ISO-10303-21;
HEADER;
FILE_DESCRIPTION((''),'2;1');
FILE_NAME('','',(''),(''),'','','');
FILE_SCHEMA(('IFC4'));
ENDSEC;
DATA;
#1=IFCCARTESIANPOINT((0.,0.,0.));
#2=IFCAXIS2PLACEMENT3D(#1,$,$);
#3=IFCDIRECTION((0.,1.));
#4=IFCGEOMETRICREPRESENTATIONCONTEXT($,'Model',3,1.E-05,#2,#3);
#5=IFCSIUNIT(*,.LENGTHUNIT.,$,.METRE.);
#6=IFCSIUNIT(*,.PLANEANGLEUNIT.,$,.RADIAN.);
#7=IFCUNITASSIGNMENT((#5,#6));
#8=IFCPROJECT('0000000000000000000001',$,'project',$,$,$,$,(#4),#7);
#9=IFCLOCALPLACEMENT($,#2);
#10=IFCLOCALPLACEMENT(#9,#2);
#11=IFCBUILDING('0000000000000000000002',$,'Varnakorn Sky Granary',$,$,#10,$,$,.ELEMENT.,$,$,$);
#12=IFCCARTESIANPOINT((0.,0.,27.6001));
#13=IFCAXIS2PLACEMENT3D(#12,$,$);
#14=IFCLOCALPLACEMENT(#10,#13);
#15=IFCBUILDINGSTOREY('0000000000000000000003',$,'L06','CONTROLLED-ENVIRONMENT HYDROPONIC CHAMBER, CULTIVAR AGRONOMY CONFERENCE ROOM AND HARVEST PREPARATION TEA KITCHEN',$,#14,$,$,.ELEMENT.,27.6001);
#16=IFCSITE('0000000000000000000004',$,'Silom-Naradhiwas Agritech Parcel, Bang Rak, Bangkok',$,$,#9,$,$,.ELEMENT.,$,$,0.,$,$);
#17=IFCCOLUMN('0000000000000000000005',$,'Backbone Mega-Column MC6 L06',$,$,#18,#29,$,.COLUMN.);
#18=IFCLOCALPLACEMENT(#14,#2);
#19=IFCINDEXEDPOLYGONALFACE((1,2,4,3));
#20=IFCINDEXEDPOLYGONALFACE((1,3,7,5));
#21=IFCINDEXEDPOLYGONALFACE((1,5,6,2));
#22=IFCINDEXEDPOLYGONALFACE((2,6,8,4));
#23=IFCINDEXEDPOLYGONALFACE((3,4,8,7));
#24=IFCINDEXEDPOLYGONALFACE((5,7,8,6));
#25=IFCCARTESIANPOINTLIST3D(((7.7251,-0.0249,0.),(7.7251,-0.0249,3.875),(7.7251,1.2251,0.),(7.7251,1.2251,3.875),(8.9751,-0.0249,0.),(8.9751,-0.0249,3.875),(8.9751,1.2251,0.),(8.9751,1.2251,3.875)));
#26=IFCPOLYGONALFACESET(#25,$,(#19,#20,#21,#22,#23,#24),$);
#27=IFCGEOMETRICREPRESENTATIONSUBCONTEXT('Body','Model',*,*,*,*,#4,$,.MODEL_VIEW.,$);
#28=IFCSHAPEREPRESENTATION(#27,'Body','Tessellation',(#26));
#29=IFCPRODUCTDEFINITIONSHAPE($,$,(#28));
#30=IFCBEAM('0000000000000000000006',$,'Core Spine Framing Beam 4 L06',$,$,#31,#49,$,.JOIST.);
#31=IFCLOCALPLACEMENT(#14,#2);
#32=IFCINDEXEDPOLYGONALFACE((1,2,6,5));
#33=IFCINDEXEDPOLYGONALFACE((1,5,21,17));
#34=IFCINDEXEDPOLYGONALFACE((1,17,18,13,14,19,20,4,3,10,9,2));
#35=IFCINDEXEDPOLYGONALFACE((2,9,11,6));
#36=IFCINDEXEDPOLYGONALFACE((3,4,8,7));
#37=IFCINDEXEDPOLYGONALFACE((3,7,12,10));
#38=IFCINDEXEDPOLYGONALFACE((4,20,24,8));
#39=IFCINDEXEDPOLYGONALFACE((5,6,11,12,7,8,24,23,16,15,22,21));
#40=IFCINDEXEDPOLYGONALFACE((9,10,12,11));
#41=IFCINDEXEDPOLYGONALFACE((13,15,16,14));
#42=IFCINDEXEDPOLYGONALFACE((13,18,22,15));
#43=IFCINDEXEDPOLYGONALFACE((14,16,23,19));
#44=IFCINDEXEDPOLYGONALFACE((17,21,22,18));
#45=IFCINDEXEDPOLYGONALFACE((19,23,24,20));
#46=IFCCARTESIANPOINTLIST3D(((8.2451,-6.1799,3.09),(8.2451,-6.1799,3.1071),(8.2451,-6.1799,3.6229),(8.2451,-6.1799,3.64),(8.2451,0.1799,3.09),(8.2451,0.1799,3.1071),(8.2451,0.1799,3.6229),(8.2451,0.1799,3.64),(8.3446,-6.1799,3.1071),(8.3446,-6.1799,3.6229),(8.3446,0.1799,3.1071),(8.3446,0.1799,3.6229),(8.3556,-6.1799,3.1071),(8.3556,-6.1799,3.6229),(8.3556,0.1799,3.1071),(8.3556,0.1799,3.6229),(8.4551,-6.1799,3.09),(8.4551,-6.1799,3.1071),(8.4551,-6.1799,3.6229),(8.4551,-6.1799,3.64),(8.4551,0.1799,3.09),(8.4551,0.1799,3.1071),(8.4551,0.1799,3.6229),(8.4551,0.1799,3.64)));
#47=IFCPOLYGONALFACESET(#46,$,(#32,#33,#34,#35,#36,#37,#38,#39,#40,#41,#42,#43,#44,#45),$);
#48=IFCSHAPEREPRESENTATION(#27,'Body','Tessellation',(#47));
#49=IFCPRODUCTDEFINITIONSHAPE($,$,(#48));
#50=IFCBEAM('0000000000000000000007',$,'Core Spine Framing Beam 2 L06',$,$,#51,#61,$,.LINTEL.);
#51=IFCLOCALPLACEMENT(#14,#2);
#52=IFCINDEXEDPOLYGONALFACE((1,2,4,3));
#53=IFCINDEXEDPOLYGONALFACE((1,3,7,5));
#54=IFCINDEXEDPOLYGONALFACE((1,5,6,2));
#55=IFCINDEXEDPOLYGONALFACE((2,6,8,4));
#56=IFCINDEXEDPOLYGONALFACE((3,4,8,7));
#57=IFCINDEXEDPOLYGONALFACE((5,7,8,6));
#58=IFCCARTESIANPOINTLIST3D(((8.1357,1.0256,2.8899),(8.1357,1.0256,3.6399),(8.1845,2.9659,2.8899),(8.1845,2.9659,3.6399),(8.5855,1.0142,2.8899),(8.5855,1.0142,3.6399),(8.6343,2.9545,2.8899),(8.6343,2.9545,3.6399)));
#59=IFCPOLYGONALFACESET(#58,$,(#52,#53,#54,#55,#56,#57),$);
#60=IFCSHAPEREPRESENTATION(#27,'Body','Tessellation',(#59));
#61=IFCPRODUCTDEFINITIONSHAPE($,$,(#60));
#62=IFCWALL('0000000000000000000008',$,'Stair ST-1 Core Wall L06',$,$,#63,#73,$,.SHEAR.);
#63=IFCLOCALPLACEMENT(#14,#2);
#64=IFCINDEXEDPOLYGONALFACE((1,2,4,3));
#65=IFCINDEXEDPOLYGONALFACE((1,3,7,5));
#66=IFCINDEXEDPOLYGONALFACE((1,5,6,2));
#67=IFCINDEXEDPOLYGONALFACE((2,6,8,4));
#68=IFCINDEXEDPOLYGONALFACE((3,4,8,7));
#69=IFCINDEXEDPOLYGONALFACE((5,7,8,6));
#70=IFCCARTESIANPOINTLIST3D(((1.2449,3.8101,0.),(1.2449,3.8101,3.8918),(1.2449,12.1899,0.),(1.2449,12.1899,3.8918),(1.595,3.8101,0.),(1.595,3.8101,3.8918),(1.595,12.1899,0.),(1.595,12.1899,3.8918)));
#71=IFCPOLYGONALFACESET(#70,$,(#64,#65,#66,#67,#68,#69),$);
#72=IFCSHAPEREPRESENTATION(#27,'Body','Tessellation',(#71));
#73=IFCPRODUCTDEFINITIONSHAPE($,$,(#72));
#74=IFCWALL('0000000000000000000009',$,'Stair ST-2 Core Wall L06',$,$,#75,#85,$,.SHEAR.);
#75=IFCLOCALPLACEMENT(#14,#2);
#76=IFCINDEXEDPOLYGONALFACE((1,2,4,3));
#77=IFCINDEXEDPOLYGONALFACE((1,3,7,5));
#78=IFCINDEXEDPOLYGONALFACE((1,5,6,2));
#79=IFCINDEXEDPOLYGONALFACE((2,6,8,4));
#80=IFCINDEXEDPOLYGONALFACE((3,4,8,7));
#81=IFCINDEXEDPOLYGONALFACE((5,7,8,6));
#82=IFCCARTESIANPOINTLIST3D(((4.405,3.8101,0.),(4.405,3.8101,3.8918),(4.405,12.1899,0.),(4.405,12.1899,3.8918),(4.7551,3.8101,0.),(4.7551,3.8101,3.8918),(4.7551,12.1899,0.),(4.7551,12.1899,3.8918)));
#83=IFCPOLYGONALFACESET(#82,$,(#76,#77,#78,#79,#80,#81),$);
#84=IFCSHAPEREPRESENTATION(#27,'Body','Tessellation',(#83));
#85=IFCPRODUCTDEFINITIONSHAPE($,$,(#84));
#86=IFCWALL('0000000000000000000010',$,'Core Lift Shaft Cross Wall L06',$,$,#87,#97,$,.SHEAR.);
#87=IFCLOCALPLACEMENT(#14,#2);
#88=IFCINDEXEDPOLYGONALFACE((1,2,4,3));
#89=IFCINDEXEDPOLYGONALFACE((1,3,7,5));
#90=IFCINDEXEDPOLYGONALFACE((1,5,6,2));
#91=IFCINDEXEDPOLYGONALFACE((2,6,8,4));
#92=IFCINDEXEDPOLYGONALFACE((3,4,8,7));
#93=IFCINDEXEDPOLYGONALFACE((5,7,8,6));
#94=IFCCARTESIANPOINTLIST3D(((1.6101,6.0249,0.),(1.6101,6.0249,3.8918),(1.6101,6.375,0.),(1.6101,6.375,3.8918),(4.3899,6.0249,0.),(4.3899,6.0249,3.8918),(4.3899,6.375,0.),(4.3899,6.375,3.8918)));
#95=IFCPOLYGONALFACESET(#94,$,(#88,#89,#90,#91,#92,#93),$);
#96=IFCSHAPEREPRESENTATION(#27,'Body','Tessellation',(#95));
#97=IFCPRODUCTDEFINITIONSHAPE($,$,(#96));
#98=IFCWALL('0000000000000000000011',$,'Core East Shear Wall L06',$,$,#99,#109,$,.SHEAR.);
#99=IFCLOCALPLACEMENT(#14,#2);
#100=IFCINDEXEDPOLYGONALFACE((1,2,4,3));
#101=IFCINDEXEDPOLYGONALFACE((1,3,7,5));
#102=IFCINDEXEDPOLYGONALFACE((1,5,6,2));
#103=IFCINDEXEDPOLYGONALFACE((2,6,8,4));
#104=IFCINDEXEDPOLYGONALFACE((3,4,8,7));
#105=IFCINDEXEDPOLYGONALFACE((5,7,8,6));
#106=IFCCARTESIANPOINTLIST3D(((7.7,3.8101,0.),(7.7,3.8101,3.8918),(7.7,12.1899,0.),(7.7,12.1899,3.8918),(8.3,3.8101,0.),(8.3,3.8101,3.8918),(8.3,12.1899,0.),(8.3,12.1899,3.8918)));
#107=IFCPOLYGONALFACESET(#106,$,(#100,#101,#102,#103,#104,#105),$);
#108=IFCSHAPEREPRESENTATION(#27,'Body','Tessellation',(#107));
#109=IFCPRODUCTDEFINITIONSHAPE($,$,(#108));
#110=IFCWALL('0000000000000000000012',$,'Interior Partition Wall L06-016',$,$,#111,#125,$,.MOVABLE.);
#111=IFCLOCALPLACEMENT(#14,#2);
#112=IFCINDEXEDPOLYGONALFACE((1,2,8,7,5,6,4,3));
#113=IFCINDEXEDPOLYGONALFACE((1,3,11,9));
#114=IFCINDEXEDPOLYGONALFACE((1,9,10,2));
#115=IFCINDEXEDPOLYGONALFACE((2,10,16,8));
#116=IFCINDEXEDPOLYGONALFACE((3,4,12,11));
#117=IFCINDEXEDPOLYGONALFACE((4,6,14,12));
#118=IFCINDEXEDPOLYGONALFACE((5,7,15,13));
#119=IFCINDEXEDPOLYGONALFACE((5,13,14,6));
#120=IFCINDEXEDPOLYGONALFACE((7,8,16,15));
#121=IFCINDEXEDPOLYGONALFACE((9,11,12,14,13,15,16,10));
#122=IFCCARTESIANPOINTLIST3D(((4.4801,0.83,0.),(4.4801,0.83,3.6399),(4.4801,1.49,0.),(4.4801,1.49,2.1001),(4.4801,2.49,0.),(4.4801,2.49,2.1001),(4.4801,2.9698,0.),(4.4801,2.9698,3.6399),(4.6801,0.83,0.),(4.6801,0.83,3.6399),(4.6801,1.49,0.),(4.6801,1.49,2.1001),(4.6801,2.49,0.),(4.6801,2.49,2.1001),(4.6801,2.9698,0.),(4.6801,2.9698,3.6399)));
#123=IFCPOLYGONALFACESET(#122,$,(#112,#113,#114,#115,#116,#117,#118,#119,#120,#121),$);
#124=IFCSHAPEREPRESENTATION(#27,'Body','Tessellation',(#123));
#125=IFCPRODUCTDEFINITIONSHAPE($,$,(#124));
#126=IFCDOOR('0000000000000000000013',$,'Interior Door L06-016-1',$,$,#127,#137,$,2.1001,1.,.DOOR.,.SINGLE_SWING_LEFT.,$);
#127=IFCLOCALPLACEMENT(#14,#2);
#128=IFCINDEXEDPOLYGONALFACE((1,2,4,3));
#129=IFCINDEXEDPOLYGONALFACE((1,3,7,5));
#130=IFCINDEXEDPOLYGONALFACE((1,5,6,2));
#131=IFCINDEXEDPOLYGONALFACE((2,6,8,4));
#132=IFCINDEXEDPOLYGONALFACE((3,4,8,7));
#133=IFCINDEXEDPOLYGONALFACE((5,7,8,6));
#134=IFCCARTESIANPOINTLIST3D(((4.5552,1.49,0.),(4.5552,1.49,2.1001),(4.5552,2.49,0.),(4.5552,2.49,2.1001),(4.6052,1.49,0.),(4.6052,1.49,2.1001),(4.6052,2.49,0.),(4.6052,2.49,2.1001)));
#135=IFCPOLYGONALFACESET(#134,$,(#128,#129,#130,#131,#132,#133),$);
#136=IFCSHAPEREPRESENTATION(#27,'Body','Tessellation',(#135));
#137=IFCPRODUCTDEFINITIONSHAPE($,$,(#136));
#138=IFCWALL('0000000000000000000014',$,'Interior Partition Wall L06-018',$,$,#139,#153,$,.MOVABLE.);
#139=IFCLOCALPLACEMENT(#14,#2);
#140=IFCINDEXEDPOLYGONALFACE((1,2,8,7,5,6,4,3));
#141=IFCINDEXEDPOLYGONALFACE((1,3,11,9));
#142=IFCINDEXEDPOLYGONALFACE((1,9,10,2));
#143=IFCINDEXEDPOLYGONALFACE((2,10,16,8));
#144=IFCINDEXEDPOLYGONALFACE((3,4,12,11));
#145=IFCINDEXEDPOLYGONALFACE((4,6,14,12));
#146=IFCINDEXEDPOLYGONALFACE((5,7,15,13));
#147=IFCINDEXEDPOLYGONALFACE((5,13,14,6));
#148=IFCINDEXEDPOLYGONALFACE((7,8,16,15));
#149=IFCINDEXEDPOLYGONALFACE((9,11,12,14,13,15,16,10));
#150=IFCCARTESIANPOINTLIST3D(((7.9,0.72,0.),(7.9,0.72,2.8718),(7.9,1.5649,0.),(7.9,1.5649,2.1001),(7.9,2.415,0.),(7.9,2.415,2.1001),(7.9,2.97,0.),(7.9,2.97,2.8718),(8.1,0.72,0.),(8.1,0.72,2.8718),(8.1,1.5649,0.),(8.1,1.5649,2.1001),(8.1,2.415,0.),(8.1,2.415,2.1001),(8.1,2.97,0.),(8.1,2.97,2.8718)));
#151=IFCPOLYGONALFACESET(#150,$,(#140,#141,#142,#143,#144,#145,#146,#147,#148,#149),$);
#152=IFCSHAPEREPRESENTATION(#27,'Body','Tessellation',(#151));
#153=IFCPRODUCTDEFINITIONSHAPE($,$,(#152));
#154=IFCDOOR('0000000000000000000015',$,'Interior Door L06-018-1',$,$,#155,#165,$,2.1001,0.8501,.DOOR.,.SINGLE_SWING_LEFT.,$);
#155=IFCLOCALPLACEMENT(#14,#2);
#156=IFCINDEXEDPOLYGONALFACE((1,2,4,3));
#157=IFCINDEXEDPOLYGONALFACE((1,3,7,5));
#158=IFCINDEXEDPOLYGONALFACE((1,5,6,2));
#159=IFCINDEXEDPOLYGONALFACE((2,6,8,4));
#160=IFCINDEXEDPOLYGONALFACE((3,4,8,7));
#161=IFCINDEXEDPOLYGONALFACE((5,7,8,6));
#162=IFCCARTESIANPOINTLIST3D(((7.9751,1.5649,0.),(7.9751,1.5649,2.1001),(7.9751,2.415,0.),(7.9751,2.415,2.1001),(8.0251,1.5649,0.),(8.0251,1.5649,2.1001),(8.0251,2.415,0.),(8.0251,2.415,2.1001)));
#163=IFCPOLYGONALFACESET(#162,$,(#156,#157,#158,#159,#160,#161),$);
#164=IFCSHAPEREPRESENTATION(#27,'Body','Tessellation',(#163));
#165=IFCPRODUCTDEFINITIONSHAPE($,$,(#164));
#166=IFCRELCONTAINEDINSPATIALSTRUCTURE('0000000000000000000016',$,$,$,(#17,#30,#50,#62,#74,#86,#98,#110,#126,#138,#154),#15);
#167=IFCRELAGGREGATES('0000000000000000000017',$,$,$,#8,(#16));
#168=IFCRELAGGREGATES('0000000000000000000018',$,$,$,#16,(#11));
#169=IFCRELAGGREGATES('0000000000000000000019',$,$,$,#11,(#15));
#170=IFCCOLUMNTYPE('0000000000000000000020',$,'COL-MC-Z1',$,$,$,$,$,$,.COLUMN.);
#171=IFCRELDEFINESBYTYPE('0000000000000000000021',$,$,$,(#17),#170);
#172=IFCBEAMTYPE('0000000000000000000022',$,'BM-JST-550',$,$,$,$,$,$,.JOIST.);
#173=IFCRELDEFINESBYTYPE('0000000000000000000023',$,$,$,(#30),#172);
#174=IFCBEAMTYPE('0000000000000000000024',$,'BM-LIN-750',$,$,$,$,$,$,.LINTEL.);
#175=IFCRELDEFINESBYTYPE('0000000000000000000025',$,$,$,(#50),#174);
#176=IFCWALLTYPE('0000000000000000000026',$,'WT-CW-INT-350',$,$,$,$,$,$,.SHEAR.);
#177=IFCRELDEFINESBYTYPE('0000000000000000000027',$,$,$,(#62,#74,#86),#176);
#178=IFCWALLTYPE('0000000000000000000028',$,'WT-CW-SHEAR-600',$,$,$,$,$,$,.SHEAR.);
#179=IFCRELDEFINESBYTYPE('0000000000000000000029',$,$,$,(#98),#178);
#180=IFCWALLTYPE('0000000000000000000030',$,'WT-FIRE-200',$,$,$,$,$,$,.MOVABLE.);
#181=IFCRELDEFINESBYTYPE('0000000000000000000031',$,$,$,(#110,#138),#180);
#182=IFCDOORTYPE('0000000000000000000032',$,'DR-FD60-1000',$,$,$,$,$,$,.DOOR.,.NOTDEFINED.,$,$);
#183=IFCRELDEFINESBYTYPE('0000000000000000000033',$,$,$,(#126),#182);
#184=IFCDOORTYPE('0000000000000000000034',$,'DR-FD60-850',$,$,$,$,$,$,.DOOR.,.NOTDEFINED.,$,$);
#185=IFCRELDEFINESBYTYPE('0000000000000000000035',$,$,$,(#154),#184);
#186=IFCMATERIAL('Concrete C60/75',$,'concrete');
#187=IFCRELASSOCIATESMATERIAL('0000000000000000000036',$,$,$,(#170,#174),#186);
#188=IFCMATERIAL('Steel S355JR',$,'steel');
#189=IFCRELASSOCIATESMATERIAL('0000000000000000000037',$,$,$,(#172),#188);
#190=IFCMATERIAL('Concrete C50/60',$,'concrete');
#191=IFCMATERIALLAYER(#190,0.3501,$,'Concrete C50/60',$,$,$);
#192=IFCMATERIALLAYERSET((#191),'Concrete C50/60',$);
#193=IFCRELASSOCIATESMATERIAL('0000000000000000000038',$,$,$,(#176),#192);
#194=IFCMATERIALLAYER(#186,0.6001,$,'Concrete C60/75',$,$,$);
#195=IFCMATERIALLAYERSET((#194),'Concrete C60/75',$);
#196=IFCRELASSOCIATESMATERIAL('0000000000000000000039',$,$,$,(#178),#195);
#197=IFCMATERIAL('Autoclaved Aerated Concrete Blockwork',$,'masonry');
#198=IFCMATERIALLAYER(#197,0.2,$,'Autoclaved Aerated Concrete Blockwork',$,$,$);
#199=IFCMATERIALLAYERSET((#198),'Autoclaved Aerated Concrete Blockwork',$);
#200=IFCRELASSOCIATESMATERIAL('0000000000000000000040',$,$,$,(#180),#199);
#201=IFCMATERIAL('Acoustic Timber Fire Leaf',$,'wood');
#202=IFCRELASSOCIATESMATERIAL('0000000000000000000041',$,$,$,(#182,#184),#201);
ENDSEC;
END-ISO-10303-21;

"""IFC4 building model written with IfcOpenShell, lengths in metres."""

from ifc_helpers import new_model, si_unit, direction, frame, frame_2d, origin, origin_2d, place, context, subcontext, project, spatial, rectangle, i_section, extrude, material, layer, layer_set, material_profile, profile_set, type_object, element, fill, save


model = new_model("IFC4")

# Units and contexts
model_context = context("Model", 3, precision=1e-05, world=origin(), true_north=direction((0.0, 1.0)))
body_context = subcontext(model_context, "Body", "Model", "MODEL_VIEW")
ifc_project = project(units=[si_unit("LENGTHUNIT", "METRE"), si_unit("PLANEANGLEUNIT", "RADIAN")], contexts=[model_context])

# Site, building, storey
site_placement = place(None, origin())
site = spatial("IfcSite", under=ifc_project, at=site_placement, Name="Silom-Naradhiwas Agritech Parcel, Bang Rak, Bangkok", CompositionType="ELEMENT", RefElevation=0.0)
building_placement = place(site_placement, origin())
building = spatial("IfcBuilding", under=site, at=building_placement, Name="Varnakorn Sky Granary", CompositionType="ELEMENT")
storey_placement = place(building_placement, frame((0.0, 0.0, 27.6001)))
storey = spatial("IfcBuildingStorey", under=building, at=storey_placement, Name="L06", Description="CONTROLLED-ENVIRONMENT HYDROPONIC CHAMBER, CULTIVAR AGRONOMY CONFERENCE ROOM AND HARVEST PREPARATION TEA KITCHEN", CompositionType="ELEMENT", Elevation=27.6001)

# Column
ifc_material_1 = material(Name="Concrete C60/75", Category="concrete")
ifc_material_profile_1 = material_profile(ifc_material_1, rectangle(XDim=1.25, YDim=1.25, at=origin_2d()), Name="RC 1250x1250")
ifc_profile_set_1 = profile_set([ifc_material_profile_1], Name="Concrete C60/75")
column_type = type_object("IfcColumnType", Name="COL-MC-Z1", PredefinedType="COLUMN", material=ifc_profile_set_1)
column_placement = place(storey_placement, frame((8.3501, 0.6001, 0.0), z_axis=(0.0, 0.0, 1.0), x_axis=(1.0, 0.0, 0.0)))
element("IfcColumn", 1, at=column_placement, inside=storey, type_object=column_type, Name="Backbone Mega-Column MC6 L06", PredefinedType="COLUMN", context=body_context, shape_type="SweptSolid", body=[
    extrude(rectangle(XDim=1.25, YDim=1.25, at=origin_2d()), origin(), (0.0, 0.0, 1.0), 3.875),
])

# Beams
ifc_material_2 = material(Name="Steel S355JR", Category="steel")
ifc_material_profile_2 = material_profile(ifc_material_2, i_section(OverallWidth=0.21, OverallDepth=0.55, WebThickness=0.011, FlangeThickness=0.0171, at=origin_2d()), Name="IPE 550")
ifc_profile_set_2 = profile_set([ifc_material_profile_2], Name="Steel S355JR")
beam_type_1 = type_object("IfcBeamType", Name="BM-JST-550", PredefinedType="JOIST", material=ifc_profile_set_2)
beam_1_placement = place(storey_placement, frame((8.3501, 0.1799, 3.365), z_axis=(0.0, -1.0, 0.0), x_axis=(1.0, 0.0, 0.0)))
element("IfcBeam", 2, at=beam_1_placement, inside=storey, type_object=beam_type_1, Name="Core Spine Framing Beam 4 L06", PredefinedType="JOIST", context=body_context, shape_type="SweptSolid", body=[
    extrude(i_section(OverallWidth=0.21, OverallDepth=0.55, WebThickness=0.011, FlangeThickness=0.0171, at=origin_2d()), origin(), (0.0, 0.0, 1.0), 6.3599),
])
ifc_material_profile_3 = material_profile(ifc_material_1, rectangle(XDim=0.45, YDim=0.75, at=origin_2d()), Name="RC 450x750")
ifc_profile_set_3 = profile_set([ifc_material_profile_3], Name="Concrete C60/75")
beam_type_2 = type_object("IfcBeamType", Name="BM-LIN-750", PredefinedType="LINTEL", material=ifc_profile_set_3)
beam_2_placement = place(storey_placement, frame((8.4094, 2.9602, 3.2649), z_axis=(-0.025159, -0.999683, 0.0), x_axis=(0.999683, -0.025159, 0.0)))
element("IfcBeam", 3, at=beam_2_placement, inside=storey, type_object=beam_type_2, Name="Core Spine Framing Beam 2 L06", PredefinedType="LINTEL", context=body_context, shape_type="SweptSolid", body=[
    extrude(rectangle(XDim=0.45, YDim=0.75, at=origin_2d()), origin(), (0.0, 0.0, 1.0), 1.9409),
])

# Walls
ifc_material_3 = material(Name="Concrete C50/60", Category="concrete")
ifc_layer_1 = layer(ifc_material_3, 0.3501, Name="Concrete C50/60")
ifc_layer_set_1 = layer_set([ifc_layer_1], Name="Concrete C50/60")
wall_type_1 = type_object("IfcWallType", Name="WT-CW-INT-350", PredefinedType="SHEAR", material=ifc_layer_set_1)
for number, where, z_axis, x_axis, name in (
    (4, (1.4199, 3.8101, 0.0), (0.0, 0.0, 1.0), (0.0, 1.0, 0.0), "Stair ST-1 Core Wall L06"),
    (5, (4.5801, 3.8101, 0.0), (0.0, 0.0, 1.0), (0.0, 1.0, 0.0), "Stair ST-2 Core Wall L06"),
):
    element("IfcWall", number, at=place(storey_placement, frame(where, z_axis=z_axis, x_axis=x_axis)), inside=storey, type_object=wall_type_1, Name=name, PredefinedType="SHEAR", context=body_context, shape_type="SweptSolid", body=[
        extrude(rectangle(XDim=8.3799, YDim=0.3501, at=frame_2d((4.1899, 0.0))), origin(), (0.0, 0.0, 1.0), 3.8918),
    ])
wall_1_placement = place(storey_placement, frame((1.6101, 6.2, 0.0), z_axis=(0.0, 0.0, 1.0), x_axis=(1.0, 0.0, 0.0)))
element("IfcWall", 6, at=wall_1_placement, inside=storey, type_object=wall_type_1, Name="Core Lift Shaft Cross Wall L06", PredefinedType="SHEAR", context=body_context, shape_type="SweptSolid", body=[
    extrude(rectangle(XDim=2.7798, YDim=0.3501, at=frame_2d((1.3899, 0.0))), origin(), (0.0, 0.0, 1.0), 3.8918),
])
ifc_layer_2 = layer(ifc_material_1, 0.6001, Name="Concrete C60/75")
ifc_layer_set_2 = layer_set([ifc_layer_2], Name="Concrete C60/75")
wall_type_2 = type_object("IfcWallType", Name="WT-CW-SHEAR-600", PredefinedType="SHEAR", material=ifc_layer_set_2)
wall_2_placement = place(storey_placement, frame((8.0, 3.8101, 0.0), z_axis=(0.0, 0.0, 1.0), x_axis=(0.0, 1.0, 0.0)))
element("IfcWall", 7, at=wall_2_placement, inside=storey, type_object=wall_type_2, Name="Core East Shear Wall L06", PredefinedType="SHEAR", context=body_context, shape_type="SweptSolid", body=[
    extrude(rectangle(XDim=8.3799, YDim=0.6001, at=frame_2d((4.1899, 0.0))), origin(), (0.0, 0.0, 1.0), 3.8918),
])

# Walls, openings, doors
ifc_material_4 = material(Name="Autoclaved Aerated Concrete Blockwork", Category="masonry")
ifc_layer_3 = layer(ifc_material_4, 0.2, Name="Autoclaved Aerated Concrete Blockwork")
ifc_layer_set_3 = layer_set([ifc_layer_3], Name="Autoclaved Aerated Concrete Blockwork")
wall_type_3 = type_object("IfcWallType", Name="WT-FIRE-200", PredefinedType="MOVABLE", material=ifc_layer_set_3)
wall_3_placement = place(storey_placement, frame((4.5801, 0.8301, 0.0), z_axis=(0.0, 0.0, 1.0), x_axis=(0.0, 1.0, 0.0)))
wall_3 = element("IfcWall", 8, at=wall_3_placement, inside=storey, type_object=wall_type_3, Name="Interior Partition Wall L06-016", PredefinedType="MOVABLE", context=body_context, shape_type="SweptSolid", body=[
    extrude(rectangle(XDim=2.1399, YDim=0.2, at=frame_2d((1.0698, 0.0))), origin(), (0.0, 0.0, 1.0), 3.6399),
])
opening_1_placement = place(wall_3_placement, frame((0.6599, 0.0, 0.0)))
opening_1 = element("IfcOpeningElement", 9, at=opening_1_placement, cuts=wall_3, PredefinedType="OPENING", context=body_context, shape_type="SweptSolid", body=[
    extrude(rectangle(XDim=1.0, YDim=2.1001, at=frame_2d((0.5, 1.05))), frame((0.0, 0.1099, 0.0), z_axis=(0.0, -1.0, 0.0), x_axis=(1.0, 0.0, 0.0)), (0.0, 0.0, 1.0), 0.22),
])
ifc_material_5 = material(Name="Acoustic Timber Fire Leaf", Category="wood")
door_type_1 = type_object("IfcDoorType", Name="DR-FD60-1000", OperationType="NOTDEFINED", PredefinedType="DOOR", material=ifc_material_5)
door_1_placement = place(opening_1_placement, origin())
door_1 = element("IfcDoor", 10, at=door_1_placement, inside=storey, type_object=door_type_1, Name="Interior Door L06-016-1", OperationType="SINGLE_SWING_LEFT", OverallHeight=2.1001, OverallWidth=1.0, PredefinedType="DOOR", context=body_context, shape_type="SweptSolid", body=[
    extrude(rectangle(XDim=1.0, YDim=2.1001, at=frame_2d((0.5, 1.05))), frame((0.0, 0.0249, 0.0), z_axis=(0.0, -1.0, 0.0), x_axis=(1.0, 0.0, 0.0)), (0.0, 0.0, 1.0), 0.05),
])
fill(opening_1, door_1)
wall_4_placement = place(storey_placement, frame((8.0, 0.72, 0.0), z_axis=(0.0, 0.0, 1.0), x_axis=(0.0, 1.0, 0.0)))
wall_4 = element("IfcWall", 11, at=wall_4_placement, inside=storey, type_object=wall_type_3, Name="Interior Partition Wall L06-018", PredefinedType="MOVABLE", context=body_context, shape_type="SweptSolid", body=[
    extrude(rectangle(XDim=2.25, YDim=0.2, at=frame_2d((1.125, 0.0))), origin(), (0.0, 0.0, 1.0), 2.8718),
])
opening_2_placement = place(wall_4_placement, frame((0.845, 0.0, 0.0)))
opening_2 = element("IfcOpeningElement", 12, at=opening_2_placement, cuts=wall_4, PredefinedType="OPENING", context=body_context, shape_type="SweptSolid", body=[
    extrude(rectangle(XDim=0.8501, YDim=2.1001, at=frame_2d((0.425, 1.05))), frame((0.0, 0.1099, 0.0), z_axis=(0.0, -1.0, 0.0), x_axis=(1.0, 0.0, 0.0)), (0.0, 0.0, 1.0), 0.22),
])
door_type_2 = type_object("IfcDoorType", Name="DR-FD60-850", OperationType="NOTDEFINED", PredefinedType="DOOR", material=ifc_material_5)
door_2_placement = place(opening_2_placement, origin())
door_2 = element("IfcDoor", 13, at=door_2_placement, inside=storey, type_object=door_type_2, Name="Interior Door L06-018-1", OperationType="SINGLE_SWING_LEFT", OverallHeight=2.1001, OverallWidth=0.8501, PredefinedType="DOOR", context=body_context, shape_type="SweptSolid", body=[
    extrude(rectangle(XDim=0.8501, YDim=2.1001, at=frame_2d((0.425, 1.05))), frame((0.0, 0.0249, 0.0), z_axis=(0.0, -1.0, 0.0), x_axis=(1.0, 0.0, 0.0)), (0.0, 0.0, 1.0), 0.05),
])
fill(opening_2, door_2)

save(model, "model.ifc")
